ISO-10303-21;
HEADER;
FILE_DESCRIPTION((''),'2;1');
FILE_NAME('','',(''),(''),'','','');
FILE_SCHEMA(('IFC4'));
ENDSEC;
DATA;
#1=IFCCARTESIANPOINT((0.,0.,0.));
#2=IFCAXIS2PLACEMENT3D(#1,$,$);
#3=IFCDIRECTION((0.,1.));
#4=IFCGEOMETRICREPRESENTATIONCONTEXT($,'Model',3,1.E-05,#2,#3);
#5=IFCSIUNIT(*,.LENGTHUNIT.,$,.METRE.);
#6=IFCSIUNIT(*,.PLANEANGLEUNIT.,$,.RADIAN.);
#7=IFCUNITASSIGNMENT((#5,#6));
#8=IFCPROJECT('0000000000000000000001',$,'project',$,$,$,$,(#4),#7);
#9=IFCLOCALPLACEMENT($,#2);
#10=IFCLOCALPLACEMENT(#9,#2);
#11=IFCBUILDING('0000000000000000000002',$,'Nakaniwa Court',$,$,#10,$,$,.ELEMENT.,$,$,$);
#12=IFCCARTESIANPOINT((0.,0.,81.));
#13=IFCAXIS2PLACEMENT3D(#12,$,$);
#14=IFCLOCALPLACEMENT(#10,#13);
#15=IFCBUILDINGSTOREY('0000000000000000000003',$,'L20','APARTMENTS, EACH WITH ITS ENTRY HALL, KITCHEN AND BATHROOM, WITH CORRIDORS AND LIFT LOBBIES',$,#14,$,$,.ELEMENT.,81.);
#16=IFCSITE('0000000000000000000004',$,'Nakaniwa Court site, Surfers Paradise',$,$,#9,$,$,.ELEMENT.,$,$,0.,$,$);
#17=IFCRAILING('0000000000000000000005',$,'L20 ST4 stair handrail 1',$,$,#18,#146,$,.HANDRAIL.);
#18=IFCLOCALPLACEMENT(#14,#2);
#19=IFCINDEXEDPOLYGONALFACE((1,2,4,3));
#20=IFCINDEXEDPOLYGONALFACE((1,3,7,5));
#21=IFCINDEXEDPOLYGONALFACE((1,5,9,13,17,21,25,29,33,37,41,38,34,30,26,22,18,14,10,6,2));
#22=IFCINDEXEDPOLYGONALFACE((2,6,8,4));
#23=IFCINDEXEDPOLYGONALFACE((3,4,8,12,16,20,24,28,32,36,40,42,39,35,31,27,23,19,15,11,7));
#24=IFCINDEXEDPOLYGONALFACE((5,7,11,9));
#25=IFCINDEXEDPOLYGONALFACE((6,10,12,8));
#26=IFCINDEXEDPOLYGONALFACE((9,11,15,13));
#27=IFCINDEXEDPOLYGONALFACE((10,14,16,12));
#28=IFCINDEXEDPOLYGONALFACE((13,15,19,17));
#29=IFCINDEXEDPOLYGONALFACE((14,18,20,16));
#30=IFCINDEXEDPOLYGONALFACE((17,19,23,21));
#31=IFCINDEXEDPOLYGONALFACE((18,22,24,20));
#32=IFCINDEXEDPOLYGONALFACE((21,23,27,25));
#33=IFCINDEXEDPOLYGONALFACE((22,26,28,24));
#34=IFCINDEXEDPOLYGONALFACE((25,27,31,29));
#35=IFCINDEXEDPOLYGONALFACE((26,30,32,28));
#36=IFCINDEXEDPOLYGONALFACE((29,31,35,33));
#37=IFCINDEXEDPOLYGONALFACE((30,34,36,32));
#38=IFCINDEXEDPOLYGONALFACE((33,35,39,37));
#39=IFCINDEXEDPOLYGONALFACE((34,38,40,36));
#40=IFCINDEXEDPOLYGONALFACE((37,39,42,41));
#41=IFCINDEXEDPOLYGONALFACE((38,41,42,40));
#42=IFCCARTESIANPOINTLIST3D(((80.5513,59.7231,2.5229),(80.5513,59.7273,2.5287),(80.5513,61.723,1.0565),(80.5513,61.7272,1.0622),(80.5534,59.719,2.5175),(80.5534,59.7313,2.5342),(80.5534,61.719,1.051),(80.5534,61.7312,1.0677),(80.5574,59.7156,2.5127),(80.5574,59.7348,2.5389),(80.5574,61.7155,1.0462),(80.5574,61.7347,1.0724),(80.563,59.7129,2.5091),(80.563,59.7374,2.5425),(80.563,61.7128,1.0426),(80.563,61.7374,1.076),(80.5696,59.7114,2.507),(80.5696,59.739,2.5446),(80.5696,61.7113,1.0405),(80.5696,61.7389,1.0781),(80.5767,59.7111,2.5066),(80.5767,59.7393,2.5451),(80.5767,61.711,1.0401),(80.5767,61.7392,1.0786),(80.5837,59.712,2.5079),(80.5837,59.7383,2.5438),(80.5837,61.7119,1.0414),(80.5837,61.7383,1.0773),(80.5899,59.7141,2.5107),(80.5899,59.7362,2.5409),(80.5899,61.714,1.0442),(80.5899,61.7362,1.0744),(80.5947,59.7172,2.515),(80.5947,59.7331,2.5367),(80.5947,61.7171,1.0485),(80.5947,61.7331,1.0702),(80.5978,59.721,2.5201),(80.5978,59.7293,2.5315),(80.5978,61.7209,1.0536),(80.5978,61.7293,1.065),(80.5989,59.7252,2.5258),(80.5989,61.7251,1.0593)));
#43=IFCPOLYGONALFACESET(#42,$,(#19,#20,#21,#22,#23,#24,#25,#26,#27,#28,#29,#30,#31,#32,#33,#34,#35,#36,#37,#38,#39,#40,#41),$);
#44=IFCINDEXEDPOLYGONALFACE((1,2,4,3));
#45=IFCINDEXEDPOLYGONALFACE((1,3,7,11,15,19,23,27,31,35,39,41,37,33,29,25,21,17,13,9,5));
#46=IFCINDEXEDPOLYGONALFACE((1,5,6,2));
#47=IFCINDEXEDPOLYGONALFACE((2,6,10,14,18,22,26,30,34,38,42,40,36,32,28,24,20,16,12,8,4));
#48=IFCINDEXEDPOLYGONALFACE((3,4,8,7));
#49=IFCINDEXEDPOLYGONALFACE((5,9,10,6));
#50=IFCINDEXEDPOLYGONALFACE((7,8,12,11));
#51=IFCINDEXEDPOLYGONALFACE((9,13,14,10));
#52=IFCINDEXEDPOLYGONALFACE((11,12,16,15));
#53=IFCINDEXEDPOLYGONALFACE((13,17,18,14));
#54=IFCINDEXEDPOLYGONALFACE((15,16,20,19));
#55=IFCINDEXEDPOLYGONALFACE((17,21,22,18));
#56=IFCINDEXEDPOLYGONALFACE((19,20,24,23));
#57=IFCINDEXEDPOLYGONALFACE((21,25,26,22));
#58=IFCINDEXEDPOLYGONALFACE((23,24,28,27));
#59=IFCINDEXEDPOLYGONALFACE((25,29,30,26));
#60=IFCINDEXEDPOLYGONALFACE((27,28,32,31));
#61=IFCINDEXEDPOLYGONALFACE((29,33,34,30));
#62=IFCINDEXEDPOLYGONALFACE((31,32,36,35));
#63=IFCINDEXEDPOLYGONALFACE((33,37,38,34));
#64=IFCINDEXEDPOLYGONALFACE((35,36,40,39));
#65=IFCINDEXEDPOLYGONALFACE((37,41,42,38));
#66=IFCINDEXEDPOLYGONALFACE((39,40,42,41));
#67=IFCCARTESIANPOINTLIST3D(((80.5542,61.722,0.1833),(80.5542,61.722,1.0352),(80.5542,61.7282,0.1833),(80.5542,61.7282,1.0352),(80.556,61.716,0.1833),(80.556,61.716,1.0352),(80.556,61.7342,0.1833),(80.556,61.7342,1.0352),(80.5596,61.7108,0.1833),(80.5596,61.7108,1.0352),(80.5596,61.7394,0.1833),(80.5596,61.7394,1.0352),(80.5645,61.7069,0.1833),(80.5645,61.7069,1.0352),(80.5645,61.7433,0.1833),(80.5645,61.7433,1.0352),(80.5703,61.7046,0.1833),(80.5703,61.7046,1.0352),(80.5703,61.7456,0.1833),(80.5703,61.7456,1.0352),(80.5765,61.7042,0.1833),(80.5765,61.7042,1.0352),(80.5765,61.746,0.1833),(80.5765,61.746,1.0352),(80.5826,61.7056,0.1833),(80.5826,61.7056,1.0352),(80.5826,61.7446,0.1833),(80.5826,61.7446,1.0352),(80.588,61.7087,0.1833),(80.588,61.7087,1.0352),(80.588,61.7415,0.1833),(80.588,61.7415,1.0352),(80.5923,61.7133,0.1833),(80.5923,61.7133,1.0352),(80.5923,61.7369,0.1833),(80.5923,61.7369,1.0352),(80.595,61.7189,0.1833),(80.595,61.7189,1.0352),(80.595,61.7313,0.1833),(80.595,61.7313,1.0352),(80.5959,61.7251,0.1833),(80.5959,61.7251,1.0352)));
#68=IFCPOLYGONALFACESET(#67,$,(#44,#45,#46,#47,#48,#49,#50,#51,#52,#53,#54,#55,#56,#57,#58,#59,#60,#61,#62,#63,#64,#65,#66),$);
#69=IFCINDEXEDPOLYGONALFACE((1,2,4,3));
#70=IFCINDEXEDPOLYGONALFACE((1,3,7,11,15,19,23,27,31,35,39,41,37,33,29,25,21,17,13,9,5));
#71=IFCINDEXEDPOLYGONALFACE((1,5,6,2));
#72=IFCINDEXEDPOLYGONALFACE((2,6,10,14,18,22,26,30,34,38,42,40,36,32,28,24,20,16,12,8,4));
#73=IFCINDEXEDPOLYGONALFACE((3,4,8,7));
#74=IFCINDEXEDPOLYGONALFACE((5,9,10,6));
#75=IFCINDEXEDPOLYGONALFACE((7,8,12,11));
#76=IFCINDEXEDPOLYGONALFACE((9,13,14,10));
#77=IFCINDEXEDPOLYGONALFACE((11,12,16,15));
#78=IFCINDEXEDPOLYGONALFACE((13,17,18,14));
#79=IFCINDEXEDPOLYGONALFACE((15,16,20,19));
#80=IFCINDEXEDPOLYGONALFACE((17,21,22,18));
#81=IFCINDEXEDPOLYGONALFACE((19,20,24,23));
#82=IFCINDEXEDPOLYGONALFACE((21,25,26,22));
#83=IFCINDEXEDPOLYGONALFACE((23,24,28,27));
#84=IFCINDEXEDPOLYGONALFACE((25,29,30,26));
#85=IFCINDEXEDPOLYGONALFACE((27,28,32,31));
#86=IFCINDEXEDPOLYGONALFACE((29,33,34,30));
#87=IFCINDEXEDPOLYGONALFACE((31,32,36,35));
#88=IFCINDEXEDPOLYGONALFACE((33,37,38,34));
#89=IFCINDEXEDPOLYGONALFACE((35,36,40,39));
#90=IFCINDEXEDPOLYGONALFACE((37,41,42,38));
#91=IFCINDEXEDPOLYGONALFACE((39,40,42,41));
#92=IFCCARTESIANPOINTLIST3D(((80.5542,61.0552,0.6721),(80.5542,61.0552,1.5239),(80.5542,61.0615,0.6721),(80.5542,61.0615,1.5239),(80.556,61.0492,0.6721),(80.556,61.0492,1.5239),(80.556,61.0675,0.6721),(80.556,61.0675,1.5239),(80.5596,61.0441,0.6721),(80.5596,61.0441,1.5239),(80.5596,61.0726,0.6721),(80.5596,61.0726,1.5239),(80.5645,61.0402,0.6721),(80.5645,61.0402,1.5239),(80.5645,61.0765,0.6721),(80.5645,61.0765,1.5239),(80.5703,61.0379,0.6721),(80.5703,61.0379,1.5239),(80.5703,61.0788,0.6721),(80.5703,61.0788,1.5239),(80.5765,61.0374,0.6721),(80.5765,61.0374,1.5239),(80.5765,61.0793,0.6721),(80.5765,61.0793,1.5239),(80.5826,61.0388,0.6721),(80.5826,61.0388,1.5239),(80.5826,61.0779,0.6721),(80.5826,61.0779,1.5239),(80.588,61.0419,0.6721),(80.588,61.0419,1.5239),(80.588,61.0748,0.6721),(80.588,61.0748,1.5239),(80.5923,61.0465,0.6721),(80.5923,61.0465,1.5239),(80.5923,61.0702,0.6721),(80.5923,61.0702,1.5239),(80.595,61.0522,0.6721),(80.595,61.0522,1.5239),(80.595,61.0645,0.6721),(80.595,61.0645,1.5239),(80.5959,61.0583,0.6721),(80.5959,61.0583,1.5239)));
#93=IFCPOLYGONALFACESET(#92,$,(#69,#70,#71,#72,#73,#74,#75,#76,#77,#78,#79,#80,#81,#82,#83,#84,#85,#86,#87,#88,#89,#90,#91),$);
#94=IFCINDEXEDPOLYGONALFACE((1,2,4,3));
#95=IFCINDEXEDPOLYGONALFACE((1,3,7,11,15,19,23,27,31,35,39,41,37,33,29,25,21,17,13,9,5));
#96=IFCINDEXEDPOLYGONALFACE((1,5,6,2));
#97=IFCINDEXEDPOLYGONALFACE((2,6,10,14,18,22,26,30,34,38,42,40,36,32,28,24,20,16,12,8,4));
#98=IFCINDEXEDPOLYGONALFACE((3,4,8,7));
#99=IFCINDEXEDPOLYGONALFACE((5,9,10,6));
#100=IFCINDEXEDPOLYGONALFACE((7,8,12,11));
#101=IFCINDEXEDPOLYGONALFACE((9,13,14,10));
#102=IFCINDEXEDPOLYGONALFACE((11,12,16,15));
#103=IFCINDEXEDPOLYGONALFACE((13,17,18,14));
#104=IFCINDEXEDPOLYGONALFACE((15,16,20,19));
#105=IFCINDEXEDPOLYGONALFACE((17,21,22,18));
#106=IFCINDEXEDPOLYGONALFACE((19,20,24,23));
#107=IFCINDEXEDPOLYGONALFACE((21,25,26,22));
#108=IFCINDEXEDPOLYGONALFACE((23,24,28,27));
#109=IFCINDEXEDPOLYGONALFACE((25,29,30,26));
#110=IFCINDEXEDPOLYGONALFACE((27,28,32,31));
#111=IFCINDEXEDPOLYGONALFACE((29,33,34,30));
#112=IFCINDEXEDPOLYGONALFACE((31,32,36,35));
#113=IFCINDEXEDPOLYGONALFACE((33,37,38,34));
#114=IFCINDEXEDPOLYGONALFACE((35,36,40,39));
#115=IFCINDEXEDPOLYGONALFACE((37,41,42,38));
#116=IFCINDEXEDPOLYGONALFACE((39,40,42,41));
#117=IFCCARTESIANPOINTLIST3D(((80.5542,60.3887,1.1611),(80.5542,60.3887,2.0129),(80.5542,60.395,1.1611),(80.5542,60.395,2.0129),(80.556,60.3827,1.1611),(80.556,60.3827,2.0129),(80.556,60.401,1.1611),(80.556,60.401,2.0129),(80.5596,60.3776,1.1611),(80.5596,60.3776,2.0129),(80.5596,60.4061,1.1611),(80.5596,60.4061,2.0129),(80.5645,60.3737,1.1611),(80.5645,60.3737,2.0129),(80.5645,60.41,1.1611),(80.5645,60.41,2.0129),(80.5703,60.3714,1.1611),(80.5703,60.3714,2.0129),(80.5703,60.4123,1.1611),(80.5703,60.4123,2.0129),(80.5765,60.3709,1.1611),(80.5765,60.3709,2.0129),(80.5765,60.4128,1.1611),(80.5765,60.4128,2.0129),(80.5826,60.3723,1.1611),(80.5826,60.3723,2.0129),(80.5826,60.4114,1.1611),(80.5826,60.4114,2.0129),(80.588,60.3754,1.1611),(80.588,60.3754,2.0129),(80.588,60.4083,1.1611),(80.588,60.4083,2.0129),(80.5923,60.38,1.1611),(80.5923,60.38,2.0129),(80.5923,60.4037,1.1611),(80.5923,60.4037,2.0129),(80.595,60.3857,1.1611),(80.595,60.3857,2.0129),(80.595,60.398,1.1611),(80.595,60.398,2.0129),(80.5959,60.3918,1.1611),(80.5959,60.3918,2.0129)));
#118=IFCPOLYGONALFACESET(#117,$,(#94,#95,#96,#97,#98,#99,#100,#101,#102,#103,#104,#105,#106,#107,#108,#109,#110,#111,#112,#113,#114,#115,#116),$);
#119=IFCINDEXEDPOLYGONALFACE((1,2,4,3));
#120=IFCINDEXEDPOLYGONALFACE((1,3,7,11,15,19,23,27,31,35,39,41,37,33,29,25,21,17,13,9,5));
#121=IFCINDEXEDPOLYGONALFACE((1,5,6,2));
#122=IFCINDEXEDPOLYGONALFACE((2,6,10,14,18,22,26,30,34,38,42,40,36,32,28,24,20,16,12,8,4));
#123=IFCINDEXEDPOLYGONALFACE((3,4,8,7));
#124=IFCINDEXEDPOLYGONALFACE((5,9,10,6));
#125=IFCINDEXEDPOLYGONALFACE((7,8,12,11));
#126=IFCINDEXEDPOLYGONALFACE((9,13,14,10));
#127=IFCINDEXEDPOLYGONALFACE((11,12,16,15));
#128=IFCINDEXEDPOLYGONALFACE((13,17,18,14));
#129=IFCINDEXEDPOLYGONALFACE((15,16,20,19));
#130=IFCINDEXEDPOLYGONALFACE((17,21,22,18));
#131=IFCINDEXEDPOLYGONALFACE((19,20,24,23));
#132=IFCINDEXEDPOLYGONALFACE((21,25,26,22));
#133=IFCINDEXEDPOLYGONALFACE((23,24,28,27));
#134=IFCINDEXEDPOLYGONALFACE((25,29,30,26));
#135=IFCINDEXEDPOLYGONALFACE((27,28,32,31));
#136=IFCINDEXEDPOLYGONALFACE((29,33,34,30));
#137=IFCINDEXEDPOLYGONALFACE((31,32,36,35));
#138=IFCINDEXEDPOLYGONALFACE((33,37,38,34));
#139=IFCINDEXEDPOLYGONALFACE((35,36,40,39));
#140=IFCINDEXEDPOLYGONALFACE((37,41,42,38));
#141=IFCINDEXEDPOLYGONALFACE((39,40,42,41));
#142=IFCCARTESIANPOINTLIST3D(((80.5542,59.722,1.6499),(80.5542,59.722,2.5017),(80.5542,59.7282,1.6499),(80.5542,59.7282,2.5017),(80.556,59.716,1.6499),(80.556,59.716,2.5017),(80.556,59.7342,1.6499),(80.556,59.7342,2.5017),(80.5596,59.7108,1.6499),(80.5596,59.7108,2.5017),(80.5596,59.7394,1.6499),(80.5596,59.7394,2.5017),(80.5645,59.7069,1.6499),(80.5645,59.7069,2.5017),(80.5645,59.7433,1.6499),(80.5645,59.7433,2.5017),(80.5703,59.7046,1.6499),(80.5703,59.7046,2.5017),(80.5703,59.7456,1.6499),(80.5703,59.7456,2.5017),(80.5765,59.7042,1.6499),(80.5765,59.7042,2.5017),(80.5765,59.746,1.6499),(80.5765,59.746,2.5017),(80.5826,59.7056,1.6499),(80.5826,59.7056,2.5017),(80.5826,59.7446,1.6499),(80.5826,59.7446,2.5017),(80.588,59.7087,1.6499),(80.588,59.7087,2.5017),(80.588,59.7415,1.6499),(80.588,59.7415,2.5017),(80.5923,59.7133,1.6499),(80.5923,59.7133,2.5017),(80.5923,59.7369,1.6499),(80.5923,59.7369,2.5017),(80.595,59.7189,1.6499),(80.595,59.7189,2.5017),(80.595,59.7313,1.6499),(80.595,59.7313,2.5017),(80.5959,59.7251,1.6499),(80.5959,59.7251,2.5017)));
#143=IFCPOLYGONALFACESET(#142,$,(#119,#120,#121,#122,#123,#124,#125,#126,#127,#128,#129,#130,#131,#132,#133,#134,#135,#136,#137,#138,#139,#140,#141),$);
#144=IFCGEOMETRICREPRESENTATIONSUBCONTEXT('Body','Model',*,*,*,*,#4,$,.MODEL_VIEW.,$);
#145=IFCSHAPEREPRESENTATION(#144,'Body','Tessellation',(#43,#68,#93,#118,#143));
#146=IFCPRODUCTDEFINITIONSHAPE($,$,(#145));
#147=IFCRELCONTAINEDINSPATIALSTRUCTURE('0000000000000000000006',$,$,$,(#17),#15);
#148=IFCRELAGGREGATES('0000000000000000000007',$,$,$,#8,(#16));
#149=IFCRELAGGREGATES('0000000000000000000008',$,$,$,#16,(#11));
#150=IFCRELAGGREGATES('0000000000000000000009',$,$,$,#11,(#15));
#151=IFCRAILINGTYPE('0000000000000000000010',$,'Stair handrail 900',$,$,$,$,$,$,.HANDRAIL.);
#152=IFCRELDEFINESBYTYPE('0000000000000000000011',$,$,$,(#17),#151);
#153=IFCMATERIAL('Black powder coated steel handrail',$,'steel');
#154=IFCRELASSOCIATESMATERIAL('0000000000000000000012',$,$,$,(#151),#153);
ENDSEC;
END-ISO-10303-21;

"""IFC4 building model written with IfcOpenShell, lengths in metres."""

from ifc_helpers import new_model, si_unit, direction, frame, origin, origin_2d, place, context, subcontext, project, spatial, circle, extrude, material, type_object, element, save


model = new_model("IFC4")

# Units and contexts
model_context = context("Model", 3, precision=1e-05, world=origin(), true_north=direction((0.0, 1.0)))
body_context = subcontext(model_context, "Body", "Model", "MODEL_VIEW")
ifc_project = project(units=[si_unit("LENGTHUNIT", "METRE"), si_unit("PLANEANGLEUNIT", "RADIAN")], contexts=[model_context])

# Site, building, storey
site_placement = place(None, origin())
site = spatial("IfcSite", under=ifc_project, at=site_placement, Name="Nakaniwa Court site, Surfers Paradise", CompositionType="ELEMENT", RefElevation=0.0)
building_placement = place(site_placement, origin())
building = spatial("IfcBuilding", under=site, at=building_placement, Name="Nakaniwa Court", CompositionType="ELEMENT")
storey_placement = place(building_placement, frame((0.0, 0.0, 81.0)))
storey = spatial("IfcBuildingStorey", under=building, at=storey_placement, Name="L20", Description="APARTMENTS, EACH WITH ITS ENTRY HALL, KITCHEN AND BATHROOM, WITH CORRIDORS AND LIFT LOBBIES", CompositionType="ELEMENT", Elevation=81.0)

# Railing
ifc_material_1 = material(Name="Black powder coated steel handrail", Category="steel")
railing_type_1 = type_object("IfcRailingType", Name="Stair handrail 900", PredefinedType="HANDRAIL", material=ifc_material_1)
railing_1_placement = place(storey_placement, frame((80.575, 61.7251, 0.1833)))
element("IfcRailing", 1, at=railing_1_placement, inside=storey, type_object=railing_type_1, Name="L20 ST4 stair handrail 1", PredefinedType="HANDRAIL", context=body_context, shape_type="SweptSolid", body=[
    extrude(circle(Radius=0.0239, at=origin_2d()), frame((0.0, 0.0, 0.876), z_axis=(0.0, -0.806427, 0.591334), x_axis=(1.0, 0.0, 0.0)), (0.0, 0.0, 1.0), 2.48),
    extrude(circle(Radius=0.021, at=origin_2d()), origin(), (0.0, 0.0, 1.0), 0.8518),
    extrude(circle(Radius=0.021, at=origin_2d()), frame((0.0, -0.6667, 0.4888)), (0.0, 0.0, 1.0), 0.8518),
    extrude(circle(Radius=0.021, at=origin_2d()), frame((0.0, -1.3333, 0.9778)), (0.0, 0.0, 1.0), 0.8518),
    extrude(circle(Radius=0.021, at=origin_2d()), frame((0.0, -2.0, 1.4666)), (0.0, 0.0, 1.0), 0.8518),
])

save(model, "model.ifc")
